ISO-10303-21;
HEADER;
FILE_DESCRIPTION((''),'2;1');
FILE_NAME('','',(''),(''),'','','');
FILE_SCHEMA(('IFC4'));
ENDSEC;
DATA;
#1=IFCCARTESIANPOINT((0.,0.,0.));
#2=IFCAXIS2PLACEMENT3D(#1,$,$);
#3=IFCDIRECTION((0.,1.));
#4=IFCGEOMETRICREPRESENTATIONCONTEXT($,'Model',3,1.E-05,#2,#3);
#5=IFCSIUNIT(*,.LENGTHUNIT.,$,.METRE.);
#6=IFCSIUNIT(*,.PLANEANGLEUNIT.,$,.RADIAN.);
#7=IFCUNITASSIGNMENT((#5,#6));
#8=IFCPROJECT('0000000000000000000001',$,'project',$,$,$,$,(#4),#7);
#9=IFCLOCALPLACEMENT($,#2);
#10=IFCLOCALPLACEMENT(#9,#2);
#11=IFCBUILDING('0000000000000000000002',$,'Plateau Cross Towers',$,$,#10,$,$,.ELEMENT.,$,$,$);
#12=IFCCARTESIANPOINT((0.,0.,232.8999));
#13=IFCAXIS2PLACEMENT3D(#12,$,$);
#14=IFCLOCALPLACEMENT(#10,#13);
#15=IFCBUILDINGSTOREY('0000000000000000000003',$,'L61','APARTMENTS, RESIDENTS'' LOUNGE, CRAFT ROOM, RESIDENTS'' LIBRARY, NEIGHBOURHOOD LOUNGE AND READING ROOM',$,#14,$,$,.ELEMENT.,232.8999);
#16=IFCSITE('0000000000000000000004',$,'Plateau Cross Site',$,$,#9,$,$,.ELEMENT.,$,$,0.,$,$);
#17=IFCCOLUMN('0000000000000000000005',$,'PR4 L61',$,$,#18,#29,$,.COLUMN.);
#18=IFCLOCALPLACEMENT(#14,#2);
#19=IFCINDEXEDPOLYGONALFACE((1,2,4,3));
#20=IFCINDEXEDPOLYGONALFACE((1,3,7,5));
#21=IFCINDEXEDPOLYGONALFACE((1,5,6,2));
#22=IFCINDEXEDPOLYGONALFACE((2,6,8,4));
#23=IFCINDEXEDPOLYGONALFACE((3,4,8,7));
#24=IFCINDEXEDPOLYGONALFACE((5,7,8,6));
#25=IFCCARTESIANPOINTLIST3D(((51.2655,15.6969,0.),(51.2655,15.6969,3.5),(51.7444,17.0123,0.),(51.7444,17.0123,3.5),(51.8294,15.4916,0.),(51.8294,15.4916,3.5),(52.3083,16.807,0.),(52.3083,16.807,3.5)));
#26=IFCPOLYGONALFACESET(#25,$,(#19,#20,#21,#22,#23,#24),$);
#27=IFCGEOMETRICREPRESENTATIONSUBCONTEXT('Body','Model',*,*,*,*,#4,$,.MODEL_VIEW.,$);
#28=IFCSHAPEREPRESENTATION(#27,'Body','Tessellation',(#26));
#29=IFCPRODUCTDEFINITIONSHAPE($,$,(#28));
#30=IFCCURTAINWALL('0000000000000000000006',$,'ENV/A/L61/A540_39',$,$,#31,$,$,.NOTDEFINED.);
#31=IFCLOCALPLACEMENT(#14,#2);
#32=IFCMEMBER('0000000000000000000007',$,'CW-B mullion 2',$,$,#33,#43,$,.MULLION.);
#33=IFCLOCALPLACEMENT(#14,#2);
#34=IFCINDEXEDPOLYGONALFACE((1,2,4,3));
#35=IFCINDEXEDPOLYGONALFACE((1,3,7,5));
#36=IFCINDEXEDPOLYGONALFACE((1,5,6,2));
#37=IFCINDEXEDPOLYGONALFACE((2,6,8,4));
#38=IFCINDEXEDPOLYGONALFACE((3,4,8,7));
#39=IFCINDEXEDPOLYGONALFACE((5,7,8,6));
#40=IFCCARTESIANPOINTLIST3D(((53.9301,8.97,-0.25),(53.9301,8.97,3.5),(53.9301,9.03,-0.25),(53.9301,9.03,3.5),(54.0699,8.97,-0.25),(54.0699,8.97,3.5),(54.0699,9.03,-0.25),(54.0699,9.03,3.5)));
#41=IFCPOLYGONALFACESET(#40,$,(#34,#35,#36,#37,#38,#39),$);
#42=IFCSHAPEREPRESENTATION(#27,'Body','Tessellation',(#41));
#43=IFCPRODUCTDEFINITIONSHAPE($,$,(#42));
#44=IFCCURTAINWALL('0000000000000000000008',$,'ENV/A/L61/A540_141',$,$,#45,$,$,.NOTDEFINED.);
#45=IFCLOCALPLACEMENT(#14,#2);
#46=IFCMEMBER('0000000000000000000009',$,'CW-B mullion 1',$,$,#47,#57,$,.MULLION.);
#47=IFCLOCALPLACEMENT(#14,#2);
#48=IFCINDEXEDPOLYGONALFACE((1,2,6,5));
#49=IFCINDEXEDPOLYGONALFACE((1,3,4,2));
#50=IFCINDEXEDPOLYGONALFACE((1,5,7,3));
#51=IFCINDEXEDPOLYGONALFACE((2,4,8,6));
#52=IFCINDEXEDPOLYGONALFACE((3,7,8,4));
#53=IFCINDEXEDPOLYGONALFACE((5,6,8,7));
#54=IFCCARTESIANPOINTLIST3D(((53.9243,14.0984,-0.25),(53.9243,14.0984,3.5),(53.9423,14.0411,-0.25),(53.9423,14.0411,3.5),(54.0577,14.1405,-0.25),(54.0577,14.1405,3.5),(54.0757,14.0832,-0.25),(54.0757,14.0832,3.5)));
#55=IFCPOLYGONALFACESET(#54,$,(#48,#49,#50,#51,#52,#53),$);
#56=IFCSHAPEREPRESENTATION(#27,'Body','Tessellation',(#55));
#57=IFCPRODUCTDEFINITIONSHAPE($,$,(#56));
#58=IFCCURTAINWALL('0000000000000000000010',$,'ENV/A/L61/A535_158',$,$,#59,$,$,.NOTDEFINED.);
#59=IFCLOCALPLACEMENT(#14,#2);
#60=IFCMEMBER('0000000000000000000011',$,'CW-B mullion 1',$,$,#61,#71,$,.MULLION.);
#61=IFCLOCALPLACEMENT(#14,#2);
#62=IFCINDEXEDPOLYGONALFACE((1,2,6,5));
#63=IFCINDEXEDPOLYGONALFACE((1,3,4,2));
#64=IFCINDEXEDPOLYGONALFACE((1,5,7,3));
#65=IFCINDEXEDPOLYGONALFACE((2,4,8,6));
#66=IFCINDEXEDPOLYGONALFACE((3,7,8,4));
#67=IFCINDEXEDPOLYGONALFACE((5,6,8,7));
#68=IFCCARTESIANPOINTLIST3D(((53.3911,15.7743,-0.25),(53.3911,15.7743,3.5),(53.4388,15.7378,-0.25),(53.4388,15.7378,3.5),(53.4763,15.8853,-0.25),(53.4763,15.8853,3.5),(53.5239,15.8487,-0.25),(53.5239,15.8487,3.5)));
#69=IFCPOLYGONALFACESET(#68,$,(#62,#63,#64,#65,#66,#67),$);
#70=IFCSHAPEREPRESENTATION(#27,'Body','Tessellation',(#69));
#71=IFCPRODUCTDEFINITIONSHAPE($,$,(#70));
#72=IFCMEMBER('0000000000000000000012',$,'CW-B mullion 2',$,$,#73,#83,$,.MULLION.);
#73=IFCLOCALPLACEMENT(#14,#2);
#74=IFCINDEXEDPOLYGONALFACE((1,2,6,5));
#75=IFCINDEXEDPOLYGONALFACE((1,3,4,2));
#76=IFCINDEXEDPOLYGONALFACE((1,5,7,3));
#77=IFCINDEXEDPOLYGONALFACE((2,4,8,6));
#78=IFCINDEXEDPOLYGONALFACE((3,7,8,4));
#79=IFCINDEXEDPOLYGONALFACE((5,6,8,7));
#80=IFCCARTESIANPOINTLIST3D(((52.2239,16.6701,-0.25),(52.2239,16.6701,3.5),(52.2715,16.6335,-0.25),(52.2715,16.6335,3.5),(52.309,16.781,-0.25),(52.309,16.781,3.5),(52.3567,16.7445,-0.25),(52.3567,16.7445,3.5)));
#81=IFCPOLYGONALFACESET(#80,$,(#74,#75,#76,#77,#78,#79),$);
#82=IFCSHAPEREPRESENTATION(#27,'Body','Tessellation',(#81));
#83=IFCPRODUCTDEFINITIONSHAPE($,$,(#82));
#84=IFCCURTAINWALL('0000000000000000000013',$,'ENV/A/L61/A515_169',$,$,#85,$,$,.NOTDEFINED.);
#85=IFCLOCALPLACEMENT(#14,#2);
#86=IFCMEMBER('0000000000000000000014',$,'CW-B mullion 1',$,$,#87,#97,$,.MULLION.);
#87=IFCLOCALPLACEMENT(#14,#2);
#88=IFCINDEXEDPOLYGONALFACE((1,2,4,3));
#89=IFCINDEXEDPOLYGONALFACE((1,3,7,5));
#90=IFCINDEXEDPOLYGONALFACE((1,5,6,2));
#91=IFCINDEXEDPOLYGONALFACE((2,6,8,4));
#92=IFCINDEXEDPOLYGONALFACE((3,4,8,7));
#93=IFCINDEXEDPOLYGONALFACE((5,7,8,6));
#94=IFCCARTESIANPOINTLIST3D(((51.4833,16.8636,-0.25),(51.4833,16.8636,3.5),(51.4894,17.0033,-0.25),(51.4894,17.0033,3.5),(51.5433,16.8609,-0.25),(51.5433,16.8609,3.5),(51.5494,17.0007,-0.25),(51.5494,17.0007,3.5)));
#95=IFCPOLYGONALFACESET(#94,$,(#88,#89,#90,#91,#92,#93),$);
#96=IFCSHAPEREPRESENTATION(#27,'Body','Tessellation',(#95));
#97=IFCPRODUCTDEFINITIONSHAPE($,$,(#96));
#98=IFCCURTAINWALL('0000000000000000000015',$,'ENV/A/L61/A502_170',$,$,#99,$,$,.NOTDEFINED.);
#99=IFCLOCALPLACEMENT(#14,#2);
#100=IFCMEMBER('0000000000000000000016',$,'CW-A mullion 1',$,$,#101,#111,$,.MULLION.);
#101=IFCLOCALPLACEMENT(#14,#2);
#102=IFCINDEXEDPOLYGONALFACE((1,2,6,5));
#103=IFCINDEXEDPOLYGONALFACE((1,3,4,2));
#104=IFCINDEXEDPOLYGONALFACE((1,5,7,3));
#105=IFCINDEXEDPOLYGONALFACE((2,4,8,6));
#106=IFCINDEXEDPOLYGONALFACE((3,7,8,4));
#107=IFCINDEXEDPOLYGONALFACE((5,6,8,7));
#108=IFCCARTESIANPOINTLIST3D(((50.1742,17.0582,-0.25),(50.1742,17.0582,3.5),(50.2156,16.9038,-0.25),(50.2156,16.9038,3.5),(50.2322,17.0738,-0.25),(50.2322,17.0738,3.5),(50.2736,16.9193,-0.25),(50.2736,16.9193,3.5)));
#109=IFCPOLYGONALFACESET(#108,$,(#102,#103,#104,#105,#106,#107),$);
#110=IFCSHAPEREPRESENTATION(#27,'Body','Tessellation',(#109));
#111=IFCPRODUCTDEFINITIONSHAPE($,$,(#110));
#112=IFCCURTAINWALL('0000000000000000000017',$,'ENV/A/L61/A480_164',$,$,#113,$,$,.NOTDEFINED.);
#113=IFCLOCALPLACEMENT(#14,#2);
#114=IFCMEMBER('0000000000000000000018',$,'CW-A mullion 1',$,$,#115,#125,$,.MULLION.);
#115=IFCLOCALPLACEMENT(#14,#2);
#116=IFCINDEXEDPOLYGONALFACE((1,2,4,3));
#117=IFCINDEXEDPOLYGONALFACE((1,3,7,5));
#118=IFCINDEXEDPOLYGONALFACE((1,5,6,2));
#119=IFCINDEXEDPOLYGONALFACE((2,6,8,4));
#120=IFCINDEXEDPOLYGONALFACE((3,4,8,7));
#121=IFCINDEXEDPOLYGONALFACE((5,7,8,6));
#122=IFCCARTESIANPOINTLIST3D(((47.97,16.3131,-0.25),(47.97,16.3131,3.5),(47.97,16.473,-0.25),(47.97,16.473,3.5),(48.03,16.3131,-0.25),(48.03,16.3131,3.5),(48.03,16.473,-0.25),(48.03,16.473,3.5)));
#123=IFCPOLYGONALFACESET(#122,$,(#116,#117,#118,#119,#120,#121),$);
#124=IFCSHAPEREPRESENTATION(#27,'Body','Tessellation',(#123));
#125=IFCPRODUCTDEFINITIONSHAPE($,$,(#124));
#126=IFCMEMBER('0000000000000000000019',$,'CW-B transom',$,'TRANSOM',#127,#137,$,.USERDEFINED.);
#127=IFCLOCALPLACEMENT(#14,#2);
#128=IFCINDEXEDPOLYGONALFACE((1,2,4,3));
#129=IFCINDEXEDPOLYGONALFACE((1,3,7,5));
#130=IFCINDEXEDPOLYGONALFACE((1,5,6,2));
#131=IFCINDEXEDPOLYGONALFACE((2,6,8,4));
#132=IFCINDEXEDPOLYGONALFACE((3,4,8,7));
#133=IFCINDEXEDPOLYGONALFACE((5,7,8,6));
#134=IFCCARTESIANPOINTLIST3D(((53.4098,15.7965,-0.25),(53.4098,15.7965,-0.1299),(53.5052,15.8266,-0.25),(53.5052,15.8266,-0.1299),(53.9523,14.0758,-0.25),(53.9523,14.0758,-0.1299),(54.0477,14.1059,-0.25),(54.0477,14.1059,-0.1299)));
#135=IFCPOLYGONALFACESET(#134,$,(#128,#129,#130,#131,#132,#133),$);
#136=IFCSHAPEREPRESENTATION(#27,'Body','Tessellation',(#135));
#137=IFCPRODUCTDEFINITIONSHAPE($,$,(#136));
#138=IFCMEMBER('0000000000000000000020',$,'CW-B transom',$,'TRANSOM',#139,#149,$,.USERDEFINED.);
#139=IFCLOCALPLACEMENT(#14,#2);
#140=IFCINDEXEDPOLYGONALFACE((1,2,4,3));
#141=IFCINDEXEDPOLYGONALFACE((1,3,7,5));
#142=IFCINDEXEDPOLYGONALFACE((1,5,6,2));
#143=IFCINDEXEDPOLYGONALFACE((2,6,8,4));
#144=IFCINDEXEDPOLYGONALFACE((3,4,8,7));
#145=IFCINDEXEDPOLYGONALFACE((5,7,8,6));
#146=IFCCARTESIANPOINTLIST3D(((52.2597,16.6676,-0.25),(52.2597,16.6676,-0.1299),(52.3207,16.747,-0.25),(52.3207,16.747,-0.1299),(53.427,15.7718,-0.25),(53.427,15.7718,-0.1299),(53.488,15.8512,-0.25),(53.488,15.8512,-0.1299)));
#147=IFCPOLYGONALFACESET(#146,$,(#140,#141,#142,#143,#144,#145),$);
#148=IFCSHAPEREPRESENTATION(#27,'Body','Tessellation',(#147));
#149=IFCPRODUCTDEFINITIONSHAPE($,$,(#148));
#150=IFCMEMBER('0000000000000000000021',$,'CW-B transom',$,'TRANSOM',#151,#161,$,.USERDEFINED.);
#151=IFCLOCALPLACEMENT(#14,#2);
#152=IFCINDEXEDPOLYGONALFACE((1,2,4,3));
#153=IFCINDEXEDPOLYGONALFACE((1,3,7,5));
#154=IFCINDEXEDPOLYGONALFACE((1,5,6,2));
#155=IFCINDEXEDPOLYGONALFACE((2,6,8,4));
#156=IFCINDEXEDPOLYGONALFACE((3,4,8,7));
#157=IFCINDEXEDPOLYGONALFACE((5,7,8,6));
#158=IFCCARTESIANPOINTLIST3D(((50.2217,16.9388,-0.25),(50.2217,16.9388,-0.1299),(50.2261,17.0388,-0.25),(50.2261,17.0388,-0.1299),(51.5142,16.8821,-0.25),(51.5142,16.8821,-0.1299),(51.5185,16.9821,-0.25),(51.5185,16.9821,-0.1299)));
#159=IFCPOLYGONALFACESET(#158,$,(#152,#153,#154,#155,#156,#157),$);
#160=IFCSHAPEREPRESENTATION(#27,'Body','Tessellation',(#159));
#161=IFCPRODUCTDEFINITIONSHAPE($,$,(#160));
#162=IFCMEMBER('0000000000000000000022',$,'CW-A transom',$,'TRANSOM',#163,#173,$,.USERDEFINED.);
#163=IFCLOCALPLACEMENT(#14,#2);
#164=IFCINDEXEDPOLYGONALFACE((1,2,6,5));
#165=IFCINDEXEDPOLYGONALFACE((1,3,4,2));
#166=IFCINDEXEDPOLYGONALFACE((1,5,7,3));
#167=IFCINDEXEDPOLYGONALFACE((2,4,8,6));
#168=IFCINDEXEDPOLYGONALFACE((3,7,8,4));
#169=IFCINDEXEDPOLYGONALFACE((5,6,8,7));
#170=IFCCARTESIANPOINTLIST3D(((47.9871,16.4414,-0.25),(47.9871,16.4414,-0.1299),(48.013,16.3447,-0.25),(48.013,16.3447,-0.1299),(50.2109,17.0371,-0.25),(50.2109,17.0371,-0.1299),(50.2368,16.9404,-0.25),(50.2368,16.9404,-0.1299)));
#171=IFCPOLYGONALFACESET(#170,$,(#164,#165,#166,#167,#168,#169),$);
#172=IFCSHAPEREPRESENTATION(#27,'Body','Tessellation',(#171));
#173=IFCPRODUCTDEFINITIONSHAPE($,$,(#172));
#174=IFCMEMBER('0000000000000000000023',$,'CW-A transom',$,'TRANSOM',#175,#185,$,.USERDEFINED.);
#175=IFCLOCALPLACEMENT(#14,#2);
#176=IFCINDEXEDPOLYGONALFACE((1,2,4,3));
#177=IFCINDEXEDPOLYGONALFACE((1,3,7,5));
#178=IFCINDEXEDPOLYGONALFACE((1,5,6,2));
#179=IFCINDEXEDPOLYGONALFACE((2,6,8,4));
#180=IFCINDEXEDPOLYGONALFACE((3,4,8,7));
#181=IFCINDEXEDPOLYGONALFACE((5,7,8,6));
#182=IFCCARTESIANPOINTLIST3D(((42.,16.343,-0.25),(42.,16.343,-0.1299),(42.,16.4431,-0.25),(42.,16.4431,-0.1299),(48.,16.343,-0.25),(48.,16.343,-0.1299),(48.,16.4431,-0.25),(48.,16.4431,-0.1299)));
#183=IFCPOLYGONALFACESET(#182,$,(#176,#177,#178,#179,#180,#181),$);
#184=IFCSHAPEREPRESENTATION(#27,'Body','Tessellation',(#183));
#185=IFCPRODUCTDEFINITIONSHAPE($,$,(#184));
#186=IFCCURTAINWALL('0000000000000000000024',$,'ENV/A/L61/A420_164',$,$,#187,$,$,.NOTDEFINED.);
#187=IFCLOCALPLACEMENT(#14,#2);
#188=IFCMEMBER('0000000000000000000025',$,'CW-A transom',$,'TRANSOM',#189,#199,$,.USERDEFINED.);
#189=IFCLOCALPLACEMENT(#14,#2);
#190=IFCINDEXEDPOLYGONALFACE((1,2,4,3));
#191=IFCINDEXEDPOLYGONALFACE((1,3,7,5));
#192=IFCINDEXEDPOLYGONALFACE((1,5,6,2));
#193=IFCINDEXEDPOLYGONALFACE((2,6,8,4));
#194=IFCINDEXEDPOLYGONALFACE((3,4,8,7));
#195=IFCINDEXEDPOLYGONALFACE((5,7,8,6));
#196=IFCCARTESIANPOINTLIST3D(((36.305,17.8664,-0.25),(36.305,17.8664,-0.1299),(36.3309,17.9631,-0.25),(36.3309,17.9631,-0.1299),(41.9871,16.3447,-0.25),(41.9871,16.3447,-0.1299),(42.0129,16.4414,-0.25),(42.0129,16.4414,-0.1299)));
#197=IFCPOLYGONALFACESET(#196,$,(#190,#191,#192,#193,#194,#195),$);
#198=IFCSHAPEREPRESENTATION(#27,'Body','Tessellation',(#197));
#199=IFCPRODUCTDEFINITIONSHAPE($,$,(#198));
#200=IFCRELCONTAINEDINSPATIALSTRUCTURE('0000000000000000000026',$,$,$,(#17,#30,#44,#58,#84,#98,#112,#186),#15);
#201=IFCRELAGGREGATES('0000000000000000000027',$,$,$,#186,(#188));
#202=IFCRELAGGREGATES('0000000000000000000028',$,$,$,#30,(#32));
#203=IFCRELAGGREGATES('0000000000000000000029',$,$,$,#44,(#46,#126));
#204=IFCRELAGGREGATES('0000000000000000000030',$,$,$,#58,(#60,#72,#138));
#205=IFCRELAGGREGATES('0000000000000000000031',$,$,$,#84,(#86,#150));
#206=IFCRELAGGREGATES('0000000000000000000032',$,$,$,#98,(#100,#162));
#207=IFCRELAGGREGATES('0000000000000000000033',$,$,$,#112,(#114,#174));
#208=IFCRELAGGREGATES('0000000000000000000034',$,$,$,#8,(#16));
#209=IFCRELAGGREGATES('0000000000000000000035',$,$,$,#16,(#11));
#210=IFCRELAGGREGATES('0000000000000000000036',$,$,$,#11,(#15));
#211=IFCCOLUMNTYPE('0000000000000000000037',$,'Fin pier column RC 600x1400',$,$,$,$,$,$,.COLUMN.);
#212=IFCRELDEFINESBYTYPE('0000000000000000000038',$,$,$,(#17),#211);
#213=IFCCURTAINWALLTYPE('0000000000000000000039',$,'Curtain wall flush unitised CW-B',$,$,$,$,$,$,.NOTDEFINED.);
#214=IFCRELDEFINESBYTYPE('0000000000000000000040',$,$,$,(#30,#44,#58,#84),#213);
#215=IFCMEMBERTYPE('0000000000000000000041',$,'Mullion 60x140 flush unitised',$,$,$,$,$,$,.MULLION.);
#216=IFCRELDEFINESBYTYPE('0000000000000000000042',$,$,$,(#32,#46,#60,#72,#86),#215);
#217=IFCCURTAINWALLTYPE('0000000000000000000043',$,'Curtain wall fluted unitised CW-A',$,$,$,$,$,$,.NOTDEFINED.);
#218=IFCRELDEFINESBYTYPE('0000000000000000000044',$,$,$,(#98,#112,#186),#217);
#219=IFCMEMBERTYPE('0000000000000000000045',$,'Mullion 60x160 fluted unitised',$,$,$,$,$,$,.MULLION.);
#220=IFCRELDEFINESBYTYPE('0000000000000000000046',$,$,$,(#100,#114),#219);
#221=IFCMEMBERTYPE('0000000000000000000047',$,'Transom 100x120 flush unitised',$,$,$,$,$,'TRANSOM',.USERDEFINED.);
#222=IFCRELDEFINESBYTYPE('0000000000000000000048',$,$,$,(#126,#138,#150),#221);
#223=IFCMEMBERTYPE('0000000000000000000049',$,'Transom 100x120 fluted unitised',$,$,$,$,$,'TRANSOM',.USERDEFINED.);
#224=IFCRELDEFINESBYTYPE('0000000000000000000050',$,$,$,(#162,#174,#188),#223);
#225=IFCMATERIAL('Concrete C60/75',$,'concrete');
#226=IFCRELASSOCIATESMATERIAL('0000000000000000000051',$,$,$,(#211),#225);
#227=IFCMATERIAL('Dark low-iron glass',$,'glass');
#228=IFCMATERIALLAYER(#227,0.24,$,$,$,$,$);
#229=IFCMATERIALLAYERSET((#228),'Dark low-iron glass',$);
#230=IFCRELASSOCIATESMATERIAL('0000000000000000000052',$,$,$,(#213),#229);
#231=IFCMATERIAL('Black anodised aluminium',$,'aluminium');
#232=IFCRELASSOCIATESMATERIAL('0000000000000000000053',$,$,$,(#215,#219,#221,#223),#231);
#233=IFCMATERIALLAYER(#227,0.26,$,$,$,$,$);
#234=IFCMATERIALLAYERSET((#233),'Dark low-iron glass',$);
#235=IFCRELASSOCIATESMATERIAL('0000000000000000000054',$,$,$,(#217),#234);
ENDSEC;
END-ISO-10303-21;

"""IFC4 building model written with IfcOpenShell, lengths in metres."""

from ifc_helpers import new_model, si_unit, direction, frame, origin, origin_2d, place, context, subcontext, project, spatial, rectangle, extrude, material, layer, layer_set, material_profile, profile_set, type_object, element, aggregate, save


model = new_model("IFC4")

# Units and contexts
model_context = context("Model", 3, precision=1e-05, world=origin(), true_north=direction((0.0, 1.0)))
body_context = subcontext(model_context, "Body", "Model", "MODEL_VIEW")
ifc_project = project(units=[si_unit("LENGTHUNIT", "METRE"), si_unit("PLANEANGLEUNIT", "RADIAN")], contexts=[model_context])

# Site, building, storey
site_placement = place(None, origin())
site = spatial("IfcSite", under=ifc_project, at=site_placement, Name="Plateau Cross Site", CompositionType="ELEMENT", RefElevation=0.0)
building_placement = place(site_placement, origin())
building = spatial("IfcBuilding", under=site, at=building_placement, Name="Plateau Cross Towers", CompositionType="ELEMENT")
storey_placement = place(building_placement, frame((0.0, 0.0, 232.8999)))
storey = spatial("IfcBuildingStorey", under=building, at=storey_placement, Name="L61", Description="APARTMENTS, RESIDENTS' LOUNGE, CRAFT ROOM, RESIDENTS' LIBRARY, NEIGHBOURHOOD LOUNGE AND READING ROOM", CompositionType="ELEMENT", Elevation=232.8999)

# Column
ifc_material_1 = material(Name="Concrete C60/75", Category="concrete")
ifc_material_profile_1 = material_profile(ifc_material_1, rectangle(XDim=0.6001, YDim=1.3999, at=origin_2d()), Name="RC 600x1400")
ifc_profile_set_1 = profile_set([ifc_material_profile_1], Name="Concrete C60/75")
column_type = type_object("IfcColumnType", Name="Fin pier column RC 600x1400", PredefinedType="COLUMN", material=ifc_profile_set_1)
column_placement = place(storey_placement, frame((51.7869, 16.252, 0.0), z_axis=(0.0, 0.0, 1.0), x_axis=(-0.939664, 0.342098, 0.0)))
element("IfcColumn", 1, at=column_placement, inside=storey, type_object=column_type, Name="PR4 L61", PredefinedType="COLUMN", context=body_context, shape_type="SweptSolid", body=[
    extrude(rectangle(XDim=0.6001, YDim=1.3999, at=origin_2d()), origin(), (0.0, 0.0, 1.0), 3.5),
])

# Curtain walls, members
ifc_material_2 = material(Name="Dark low-iron glass", Category="glass")
ifc_layer_1 = layer(ifc_material_2, 0.24)
ifc_layer_set_1 = layer_set([ifc_layer_1], Name="Dark low-iron glass")
curtain_wall_type_1 = type_object("IfcCurtainWallType", Name="Curtain wall flush unitised CW-B", PredefinedType="NOTDEFINED", material=ifc_layer_set_1)
curtain_wall_1_placement = place(storey_placement, origin())
curtain_wall_1 = element("IfcCurtainWall", 2, at=curtain_wall_1_placement, inside=storey, type_object=curtain_wall_type_1, Name="ENV/A/L61/A540_39", PredefinedType="NOTDEFINED")
ifc_material_3 = material(Name="Black anodised aluminium", Category="aluminium")
ifc_material_profile_2 = material_profile(ifc_material_3, rectangle(XDim=0.0601, YDim=0.1399, at=origin_2d()), Name="MULLION 60x140")
ifc_profile_set_2 = profile_set([ifc_material_profile_2], Name="Black anodised aluminium")
member_type_1 = type_object("IfcMemberType", Name="Mullion 60x140 flush unitised", PredefinedType="MULLION", material=ifc_profile_set_2)
member_1_placement = place(storey_placement, frame((54.0, 9.0, -0.25), z_axis=(0.0, 0.0, 1.0), x_axis=(0.0, 1.0, 0.0)))
member_1 = element("IfcMember", 3, at=member_1_placement, type_object=member_type_1, Name="CW-B mullion 2", PredefinedType="MULLION", context=body_context, shape_type="SweptSolid", body=[
    extrude(rectangle(XDim=0.0601, YDim=0.1399, at=origin_2d()), origin(), (0.0, 0.0, 1.0), 3.75),
])
curtain_wall_2_placement = place(storey_placement, origin())
curtain_wall_2 = element("IfcCurtainWall", 4, at=curtain_wall_2_placement, inside=storey, type_object=curtain_wall_type_1, Name="ENV/A/L61/A540_141", PredefinedType="NOTDEFINED")
member_2_placement = place(storey_placement, frame((54.0, 14.0908, -0.25), z_axis=(0.0, 0.0, 1.0), x_axis=(-0.300686, 0.953723, 0.0)))
member_2 = element("IfcMember", 5, at=member_2_placement, type_object=member_type_1, Name="CW-B mullion 1", PredefinedType="MULLION", context=body_context, shape_type="SweptSolid", body=[
    extrude(rectangle(XDim=0.0601, YDim=0.1399, at=origin_2d()), origin(), (0.0, 0.0, 1.0), 3.75),
])

# Curtain wall, members
curtain_wall_3_placement = place(storey_placement, origin())
curtain_wall_3 = element("IfcCurtainWall", 6, at=curtain_wall_3_placement, inside=storey, type_object=curtain_wall_type_1, Name="ENV/A/L61/A535_158", PredefinedType="NOTDEFINED")
member_3_placement = place(storey_placement, frame((53.4575, 15.8115, -0.25), z_axis=(0.0, 0.0, 1.0), x_axis=(-0.793316, 0.608811, 0.0)))
member_3 = element("IfcMember", 7, at=member_3_placement, type_object=member_type_1, Name="CW-B mullion 1", PredefinedType="MULLION", context=body_context, shape_type="SweptSolid", body=[
    extrude(rectangle(XDim=0.0601, YDim=0.1399, at=origin_2d()), origin(), (0.0, 0.0, 1.0), 3.75),
])
member_4_placement = place(storey_placement, frame((52.2903, 16.7073, -0.25), z_axis=(0.0, 0.0, 1.0), x_axis=(-0.793316, 0.608811, 0.0)))
member_4 = element("IfcMember", 8, at=member_4_placement, type_object=member_type_1, Name="CW-B mullion 2", PredefinedType="MULLION", context=body_context, shape_type="SweptSolid", body=[
    extrude(rectangle(XDim=0.0601, YDim=0.1399, at=origin_2d()), origin(), (0.0, 0.0, 1.0), 3.75),
])

# Curtain walls, members
curtain_wall_4_placement = place(storey_placement, origin())
curtain_wall_4 = element("IfcCurtainWall", 9, at=curtain_wall_4_placement, inside=storey, type_object=curtain_wall_type_1, Name="ENV/A/L61/A515_169", PredefinedType="NOTDEFINED")
member_5_placement = place(storey_placement, frame((51.5164, 16.9321, -0.25), z_axis=(0.0, 0.0, 1.0), x_axis=(-0.999044, 0.043723, 0.0)))
member_5 = element("IfcMember", 10, at=member_5_placement, type_object=member_type_1, Name="CW-B mullion 1", PredefinedType="MULLION", context=body_context, shape_type="SweptSolid", body=[
    extrude(rectangle(XDim=0.0601, YDim=0.1399, at=origin_2d()), origin(), (0.0, 0.0, 1.0), 3.75),
])
ifc_layer_2 = layer(ifc_material_2, 0.26)
ifc_layer_set_2 = layer_set([ifc_layer_2], Name="Dark low-iron glass")
curtain_wall_type_2 = type_object("IfcCurtainWallType", Name="Curtain wall fluted unitised CW-A", PredefinedType="NOTDEFINED", material=ifc_layer_set_2)
curtain_wall_5_placement = place(storey_placement, origin())
curtain_wall_5 = element("IfcCurtainWall", 11, at=curtain_wall_5_placement, inside=storey, type_object=curtain_wall_type_2, Name="ENV/A/L61/A502_170", PredefinedType="NOTDEFINED")
ifc_material_profile_3 = material_profile(ifc_material_3, rectangle(XDim=0.0601, YDim=0.1599, at=origin_2d()), Name="MULLION 60x160")
ifc_profile_set_3 = profile_set([ifc_material_profile_3], Name="Black anodised aluminium")
member_type_2 = type_object("IfcMemberType", Name="Mullion 60x160 fluted unitised", PredefinedType="MULLION", material=ifc_profile_set_3)
member_6_placement = place(storey_placement, frame((50.2239, 16.9888, -0.25), z_axis=(0.0, 0.0, 1.0), x_axis=(-0.965958, -0.258699, 0.0)))
member_6 = element("IfcMember", 12, at=member_6_placement, type_object=member_type_2, Name="CW-A mullion 1", PredefinedType="MULLION", context=body_context, shape_type="SweptSolid", body=[
    extrude(rectangle(XDim=0.0601, YDim=0.1599, at=origin_2d()), origin(), (0.0, 0.0, 1.0), 3.75),
])
curtain_wall_6_placement = place(storey_placement, origin())
curtain_wall_6 = element("IfcCurtainWall", 13, at=curtain_wall_6_placement, inside=storey, type_object=curtain_wall_type_2, Name="ENV/A/L61/A480_164", PredefinedType="NOTDEFINED")
member_7_placement = place(storey_placement, frame((48.0, 16.3931, -0.25), z_axis=(0.0, 0.0, 1.0), x_axis=(-1.0, 0.0, 0.0)))
member_7 = element("IfcMember", 14, at=member_7_placement, type_object=member_type_2, Name="CW-A mullion 1", PredefinedType="MULLION", context=body_context, shape_type="SweptSolid", body=[
    extrude(rectangle(XDim=0.0601, YDim=0.1599, at=origin_2d()), origin(), (0.0, 0.0, 1.0), 3.75),
])

# Members
ifc_material_profile_4 = material_profile(ifc_material_3, rectangle(XDim=0.1001, YDim=0.1201, at=origin_2d()), Name="TRANSOM 100x120")
ifc_profile_set_4 = profile_set([ifc_material_profile_4], Name="Black anodised aluminium")
member_type_3 = type_object("IfcMemberType", Name="Transom 100x120 flush unitised", ElementType="TRANSOM", PredefinedType="USERDEFINED", material=ifc_profile_set_4)
member_8_placement = place(storey_placement, frame((54.0, 14.0908, -0.1899), z_axis=(-0.300678, 0.953726, 0.0), x_axis=(-0.953726, -0.300678, 0.0)))
member_8 = element("IfcMember", 15, at=member_8_placement, type_object=member_type_3, Name="CW-B transom", ObjectType="TRANSOM", PredefinedType="USERDEFINED", context=body_context, shape_type="SweptSolid", body=[
    extrude(rectangle(XDim=0.1001, YDim=0.1201, at=origin_2d()), origin(), (0.0, 0.0, 1.0), 1.8042),
])
member_9_placement = place(storey_placement, frame((53.4575, 15.8115, -0.1899), z_axis=(-0.793321, 0.608804, 0.0), x_axis=(-0.608804, -0.793321, 0.0)))
member_9 = element("IfcMember", 16, at=member_9_placement, type_object=member_type_3, Name="CW-B transom", ObjectType="TRANSOM", PredefinedType="USERDEFINED", context=body_context, shape_type="SweptSolid", body=[
    extrude(rectangle(XDim=0.1001, YDim=0.1201, at=origin_2d()), origin(), (0.0, 0.0, 1.0), 1.4714),
])
member_10_placement = place(storey_placement, frame((51.5164, 16.9321, -0.1899), z_axis=(-0.999041, 0.043781, 0.0), x_axis=(-0.043781, -0.999041, 0.0)))
member_10 = element("IfcMember", 17, at=member_10_placement, type_object=member_type_3, Name="CW-B transom", ObjectType="TRANSOM", PredefinedType="USERDEFINED", context=body_context, shape_type="SweptSolid", body=[
    extrude(rectangle(XDim=0.1001, YDim=0.1201, at=origin_2d()), origin(), (0.0, 0.0, 1.0), 1.2937),
])
ifc_material_profile_5 = material_profile(ifc_material_3, rectangle(XDim=0.1001, YDim=0.1201, at=origin_2d()), Name="TRANSOM 100x120")
ifc_profile_set_5 = profile_set([ifc_material_profile_5], Name="Black anodised aluminium")
member_type_4 = type_object("IfcMemberType", Name="Transom 100x120 fluted unitised", ElementType="TRANSOM", PredefinedType="USERDEFINED", material=ifc_profile_set_5)
member_11_placement = place(storey_placement, frame((50.2239, 16.9888, -0.1899), z_axis=(-0.965946, -0.258745, 0.0), x_axis=(0.258745, -0.965946, 0.0)))
member_11 = element("IfcMember", 18, at=member_11_placement, type_object=member_type_4, Name="CW-A transom", ObjectType="TRANSOM", PredefinedType="USERDEFINED", context=body_context, shape_type="SweptSolid", body=[
    extrude(rectangle(XDim=0.1001, YDim=0.1201, at=origin_2d()), origin(), (0.0, 0.0, 1.0), 2.3022),
])
member_12_placement = place(storey_placement, frame((48.0, 16.3931, -0.1899), z_axis=(-1.0, 0.0, 0.0), x_axis=(0.0, -1.0, 0.0)))
member_12 = element("IfcMember", 19, at=member_12_placement, type_object=member_type_4, Name="CW-A transom", ObjectType="TRANSOM", PredefinedType="USERDEFINED", context=body_context, shape_type="SweptSolid", body=[
    extrude(rectangle(XDim=0.1001, YDim=0.1201, at=origin_2d()), origin(), (0.0, 0.0, 1.0), 6.0),
])

# Curtain wall, member
curtain_wall_7_placement = place(storey_placement, origin())
curtain_wall_7 = element("IfcCurtainWall", 20, at=curtain_wall_7_placement, inside=storey, type_object=curtain_wall_type_2, Name="ENV/A/L61/A420_164", PredefinedType="NOTDEFINED")
member_13_placement = place(storey_placement, frame((42.0, 16.3931, -0.1899), z_axis=(-0.96596, 0.258693, 0.0), x_axis=(-0.258693, -0.96596, 0.0)))
member_13 = element("IfcMember", 21, at=member_13_placement, type_object=member_type_4, Name="CW-A transom", ObjectType="TRANSOM", PredefinedType="USERDEFINED", context=body_context, shape_type="SweptSolid", body=[
    extrude(rectangle(XDim=0.1001, YDim=0.1201, at=origin_2d()), origin(), (0.0, 0.0, 1.0), 5.8823),
])
aggregate(curtain_wall_7, [member_13])

aggregate(curtain_wall_1, [member_1])
aggregate(curtain_wall_2, [member_2, member_8])
aggregate(curtain_wall_3, [member_3, member_4, member_9])
aggregate(curtain_wall_4, [member_5, member_10])
aggregate(curtain_wall_5, [member_6, member_11])
aggregate(curtain_wall_6, [member_7, member_12])

save(model, "model.ifc")
